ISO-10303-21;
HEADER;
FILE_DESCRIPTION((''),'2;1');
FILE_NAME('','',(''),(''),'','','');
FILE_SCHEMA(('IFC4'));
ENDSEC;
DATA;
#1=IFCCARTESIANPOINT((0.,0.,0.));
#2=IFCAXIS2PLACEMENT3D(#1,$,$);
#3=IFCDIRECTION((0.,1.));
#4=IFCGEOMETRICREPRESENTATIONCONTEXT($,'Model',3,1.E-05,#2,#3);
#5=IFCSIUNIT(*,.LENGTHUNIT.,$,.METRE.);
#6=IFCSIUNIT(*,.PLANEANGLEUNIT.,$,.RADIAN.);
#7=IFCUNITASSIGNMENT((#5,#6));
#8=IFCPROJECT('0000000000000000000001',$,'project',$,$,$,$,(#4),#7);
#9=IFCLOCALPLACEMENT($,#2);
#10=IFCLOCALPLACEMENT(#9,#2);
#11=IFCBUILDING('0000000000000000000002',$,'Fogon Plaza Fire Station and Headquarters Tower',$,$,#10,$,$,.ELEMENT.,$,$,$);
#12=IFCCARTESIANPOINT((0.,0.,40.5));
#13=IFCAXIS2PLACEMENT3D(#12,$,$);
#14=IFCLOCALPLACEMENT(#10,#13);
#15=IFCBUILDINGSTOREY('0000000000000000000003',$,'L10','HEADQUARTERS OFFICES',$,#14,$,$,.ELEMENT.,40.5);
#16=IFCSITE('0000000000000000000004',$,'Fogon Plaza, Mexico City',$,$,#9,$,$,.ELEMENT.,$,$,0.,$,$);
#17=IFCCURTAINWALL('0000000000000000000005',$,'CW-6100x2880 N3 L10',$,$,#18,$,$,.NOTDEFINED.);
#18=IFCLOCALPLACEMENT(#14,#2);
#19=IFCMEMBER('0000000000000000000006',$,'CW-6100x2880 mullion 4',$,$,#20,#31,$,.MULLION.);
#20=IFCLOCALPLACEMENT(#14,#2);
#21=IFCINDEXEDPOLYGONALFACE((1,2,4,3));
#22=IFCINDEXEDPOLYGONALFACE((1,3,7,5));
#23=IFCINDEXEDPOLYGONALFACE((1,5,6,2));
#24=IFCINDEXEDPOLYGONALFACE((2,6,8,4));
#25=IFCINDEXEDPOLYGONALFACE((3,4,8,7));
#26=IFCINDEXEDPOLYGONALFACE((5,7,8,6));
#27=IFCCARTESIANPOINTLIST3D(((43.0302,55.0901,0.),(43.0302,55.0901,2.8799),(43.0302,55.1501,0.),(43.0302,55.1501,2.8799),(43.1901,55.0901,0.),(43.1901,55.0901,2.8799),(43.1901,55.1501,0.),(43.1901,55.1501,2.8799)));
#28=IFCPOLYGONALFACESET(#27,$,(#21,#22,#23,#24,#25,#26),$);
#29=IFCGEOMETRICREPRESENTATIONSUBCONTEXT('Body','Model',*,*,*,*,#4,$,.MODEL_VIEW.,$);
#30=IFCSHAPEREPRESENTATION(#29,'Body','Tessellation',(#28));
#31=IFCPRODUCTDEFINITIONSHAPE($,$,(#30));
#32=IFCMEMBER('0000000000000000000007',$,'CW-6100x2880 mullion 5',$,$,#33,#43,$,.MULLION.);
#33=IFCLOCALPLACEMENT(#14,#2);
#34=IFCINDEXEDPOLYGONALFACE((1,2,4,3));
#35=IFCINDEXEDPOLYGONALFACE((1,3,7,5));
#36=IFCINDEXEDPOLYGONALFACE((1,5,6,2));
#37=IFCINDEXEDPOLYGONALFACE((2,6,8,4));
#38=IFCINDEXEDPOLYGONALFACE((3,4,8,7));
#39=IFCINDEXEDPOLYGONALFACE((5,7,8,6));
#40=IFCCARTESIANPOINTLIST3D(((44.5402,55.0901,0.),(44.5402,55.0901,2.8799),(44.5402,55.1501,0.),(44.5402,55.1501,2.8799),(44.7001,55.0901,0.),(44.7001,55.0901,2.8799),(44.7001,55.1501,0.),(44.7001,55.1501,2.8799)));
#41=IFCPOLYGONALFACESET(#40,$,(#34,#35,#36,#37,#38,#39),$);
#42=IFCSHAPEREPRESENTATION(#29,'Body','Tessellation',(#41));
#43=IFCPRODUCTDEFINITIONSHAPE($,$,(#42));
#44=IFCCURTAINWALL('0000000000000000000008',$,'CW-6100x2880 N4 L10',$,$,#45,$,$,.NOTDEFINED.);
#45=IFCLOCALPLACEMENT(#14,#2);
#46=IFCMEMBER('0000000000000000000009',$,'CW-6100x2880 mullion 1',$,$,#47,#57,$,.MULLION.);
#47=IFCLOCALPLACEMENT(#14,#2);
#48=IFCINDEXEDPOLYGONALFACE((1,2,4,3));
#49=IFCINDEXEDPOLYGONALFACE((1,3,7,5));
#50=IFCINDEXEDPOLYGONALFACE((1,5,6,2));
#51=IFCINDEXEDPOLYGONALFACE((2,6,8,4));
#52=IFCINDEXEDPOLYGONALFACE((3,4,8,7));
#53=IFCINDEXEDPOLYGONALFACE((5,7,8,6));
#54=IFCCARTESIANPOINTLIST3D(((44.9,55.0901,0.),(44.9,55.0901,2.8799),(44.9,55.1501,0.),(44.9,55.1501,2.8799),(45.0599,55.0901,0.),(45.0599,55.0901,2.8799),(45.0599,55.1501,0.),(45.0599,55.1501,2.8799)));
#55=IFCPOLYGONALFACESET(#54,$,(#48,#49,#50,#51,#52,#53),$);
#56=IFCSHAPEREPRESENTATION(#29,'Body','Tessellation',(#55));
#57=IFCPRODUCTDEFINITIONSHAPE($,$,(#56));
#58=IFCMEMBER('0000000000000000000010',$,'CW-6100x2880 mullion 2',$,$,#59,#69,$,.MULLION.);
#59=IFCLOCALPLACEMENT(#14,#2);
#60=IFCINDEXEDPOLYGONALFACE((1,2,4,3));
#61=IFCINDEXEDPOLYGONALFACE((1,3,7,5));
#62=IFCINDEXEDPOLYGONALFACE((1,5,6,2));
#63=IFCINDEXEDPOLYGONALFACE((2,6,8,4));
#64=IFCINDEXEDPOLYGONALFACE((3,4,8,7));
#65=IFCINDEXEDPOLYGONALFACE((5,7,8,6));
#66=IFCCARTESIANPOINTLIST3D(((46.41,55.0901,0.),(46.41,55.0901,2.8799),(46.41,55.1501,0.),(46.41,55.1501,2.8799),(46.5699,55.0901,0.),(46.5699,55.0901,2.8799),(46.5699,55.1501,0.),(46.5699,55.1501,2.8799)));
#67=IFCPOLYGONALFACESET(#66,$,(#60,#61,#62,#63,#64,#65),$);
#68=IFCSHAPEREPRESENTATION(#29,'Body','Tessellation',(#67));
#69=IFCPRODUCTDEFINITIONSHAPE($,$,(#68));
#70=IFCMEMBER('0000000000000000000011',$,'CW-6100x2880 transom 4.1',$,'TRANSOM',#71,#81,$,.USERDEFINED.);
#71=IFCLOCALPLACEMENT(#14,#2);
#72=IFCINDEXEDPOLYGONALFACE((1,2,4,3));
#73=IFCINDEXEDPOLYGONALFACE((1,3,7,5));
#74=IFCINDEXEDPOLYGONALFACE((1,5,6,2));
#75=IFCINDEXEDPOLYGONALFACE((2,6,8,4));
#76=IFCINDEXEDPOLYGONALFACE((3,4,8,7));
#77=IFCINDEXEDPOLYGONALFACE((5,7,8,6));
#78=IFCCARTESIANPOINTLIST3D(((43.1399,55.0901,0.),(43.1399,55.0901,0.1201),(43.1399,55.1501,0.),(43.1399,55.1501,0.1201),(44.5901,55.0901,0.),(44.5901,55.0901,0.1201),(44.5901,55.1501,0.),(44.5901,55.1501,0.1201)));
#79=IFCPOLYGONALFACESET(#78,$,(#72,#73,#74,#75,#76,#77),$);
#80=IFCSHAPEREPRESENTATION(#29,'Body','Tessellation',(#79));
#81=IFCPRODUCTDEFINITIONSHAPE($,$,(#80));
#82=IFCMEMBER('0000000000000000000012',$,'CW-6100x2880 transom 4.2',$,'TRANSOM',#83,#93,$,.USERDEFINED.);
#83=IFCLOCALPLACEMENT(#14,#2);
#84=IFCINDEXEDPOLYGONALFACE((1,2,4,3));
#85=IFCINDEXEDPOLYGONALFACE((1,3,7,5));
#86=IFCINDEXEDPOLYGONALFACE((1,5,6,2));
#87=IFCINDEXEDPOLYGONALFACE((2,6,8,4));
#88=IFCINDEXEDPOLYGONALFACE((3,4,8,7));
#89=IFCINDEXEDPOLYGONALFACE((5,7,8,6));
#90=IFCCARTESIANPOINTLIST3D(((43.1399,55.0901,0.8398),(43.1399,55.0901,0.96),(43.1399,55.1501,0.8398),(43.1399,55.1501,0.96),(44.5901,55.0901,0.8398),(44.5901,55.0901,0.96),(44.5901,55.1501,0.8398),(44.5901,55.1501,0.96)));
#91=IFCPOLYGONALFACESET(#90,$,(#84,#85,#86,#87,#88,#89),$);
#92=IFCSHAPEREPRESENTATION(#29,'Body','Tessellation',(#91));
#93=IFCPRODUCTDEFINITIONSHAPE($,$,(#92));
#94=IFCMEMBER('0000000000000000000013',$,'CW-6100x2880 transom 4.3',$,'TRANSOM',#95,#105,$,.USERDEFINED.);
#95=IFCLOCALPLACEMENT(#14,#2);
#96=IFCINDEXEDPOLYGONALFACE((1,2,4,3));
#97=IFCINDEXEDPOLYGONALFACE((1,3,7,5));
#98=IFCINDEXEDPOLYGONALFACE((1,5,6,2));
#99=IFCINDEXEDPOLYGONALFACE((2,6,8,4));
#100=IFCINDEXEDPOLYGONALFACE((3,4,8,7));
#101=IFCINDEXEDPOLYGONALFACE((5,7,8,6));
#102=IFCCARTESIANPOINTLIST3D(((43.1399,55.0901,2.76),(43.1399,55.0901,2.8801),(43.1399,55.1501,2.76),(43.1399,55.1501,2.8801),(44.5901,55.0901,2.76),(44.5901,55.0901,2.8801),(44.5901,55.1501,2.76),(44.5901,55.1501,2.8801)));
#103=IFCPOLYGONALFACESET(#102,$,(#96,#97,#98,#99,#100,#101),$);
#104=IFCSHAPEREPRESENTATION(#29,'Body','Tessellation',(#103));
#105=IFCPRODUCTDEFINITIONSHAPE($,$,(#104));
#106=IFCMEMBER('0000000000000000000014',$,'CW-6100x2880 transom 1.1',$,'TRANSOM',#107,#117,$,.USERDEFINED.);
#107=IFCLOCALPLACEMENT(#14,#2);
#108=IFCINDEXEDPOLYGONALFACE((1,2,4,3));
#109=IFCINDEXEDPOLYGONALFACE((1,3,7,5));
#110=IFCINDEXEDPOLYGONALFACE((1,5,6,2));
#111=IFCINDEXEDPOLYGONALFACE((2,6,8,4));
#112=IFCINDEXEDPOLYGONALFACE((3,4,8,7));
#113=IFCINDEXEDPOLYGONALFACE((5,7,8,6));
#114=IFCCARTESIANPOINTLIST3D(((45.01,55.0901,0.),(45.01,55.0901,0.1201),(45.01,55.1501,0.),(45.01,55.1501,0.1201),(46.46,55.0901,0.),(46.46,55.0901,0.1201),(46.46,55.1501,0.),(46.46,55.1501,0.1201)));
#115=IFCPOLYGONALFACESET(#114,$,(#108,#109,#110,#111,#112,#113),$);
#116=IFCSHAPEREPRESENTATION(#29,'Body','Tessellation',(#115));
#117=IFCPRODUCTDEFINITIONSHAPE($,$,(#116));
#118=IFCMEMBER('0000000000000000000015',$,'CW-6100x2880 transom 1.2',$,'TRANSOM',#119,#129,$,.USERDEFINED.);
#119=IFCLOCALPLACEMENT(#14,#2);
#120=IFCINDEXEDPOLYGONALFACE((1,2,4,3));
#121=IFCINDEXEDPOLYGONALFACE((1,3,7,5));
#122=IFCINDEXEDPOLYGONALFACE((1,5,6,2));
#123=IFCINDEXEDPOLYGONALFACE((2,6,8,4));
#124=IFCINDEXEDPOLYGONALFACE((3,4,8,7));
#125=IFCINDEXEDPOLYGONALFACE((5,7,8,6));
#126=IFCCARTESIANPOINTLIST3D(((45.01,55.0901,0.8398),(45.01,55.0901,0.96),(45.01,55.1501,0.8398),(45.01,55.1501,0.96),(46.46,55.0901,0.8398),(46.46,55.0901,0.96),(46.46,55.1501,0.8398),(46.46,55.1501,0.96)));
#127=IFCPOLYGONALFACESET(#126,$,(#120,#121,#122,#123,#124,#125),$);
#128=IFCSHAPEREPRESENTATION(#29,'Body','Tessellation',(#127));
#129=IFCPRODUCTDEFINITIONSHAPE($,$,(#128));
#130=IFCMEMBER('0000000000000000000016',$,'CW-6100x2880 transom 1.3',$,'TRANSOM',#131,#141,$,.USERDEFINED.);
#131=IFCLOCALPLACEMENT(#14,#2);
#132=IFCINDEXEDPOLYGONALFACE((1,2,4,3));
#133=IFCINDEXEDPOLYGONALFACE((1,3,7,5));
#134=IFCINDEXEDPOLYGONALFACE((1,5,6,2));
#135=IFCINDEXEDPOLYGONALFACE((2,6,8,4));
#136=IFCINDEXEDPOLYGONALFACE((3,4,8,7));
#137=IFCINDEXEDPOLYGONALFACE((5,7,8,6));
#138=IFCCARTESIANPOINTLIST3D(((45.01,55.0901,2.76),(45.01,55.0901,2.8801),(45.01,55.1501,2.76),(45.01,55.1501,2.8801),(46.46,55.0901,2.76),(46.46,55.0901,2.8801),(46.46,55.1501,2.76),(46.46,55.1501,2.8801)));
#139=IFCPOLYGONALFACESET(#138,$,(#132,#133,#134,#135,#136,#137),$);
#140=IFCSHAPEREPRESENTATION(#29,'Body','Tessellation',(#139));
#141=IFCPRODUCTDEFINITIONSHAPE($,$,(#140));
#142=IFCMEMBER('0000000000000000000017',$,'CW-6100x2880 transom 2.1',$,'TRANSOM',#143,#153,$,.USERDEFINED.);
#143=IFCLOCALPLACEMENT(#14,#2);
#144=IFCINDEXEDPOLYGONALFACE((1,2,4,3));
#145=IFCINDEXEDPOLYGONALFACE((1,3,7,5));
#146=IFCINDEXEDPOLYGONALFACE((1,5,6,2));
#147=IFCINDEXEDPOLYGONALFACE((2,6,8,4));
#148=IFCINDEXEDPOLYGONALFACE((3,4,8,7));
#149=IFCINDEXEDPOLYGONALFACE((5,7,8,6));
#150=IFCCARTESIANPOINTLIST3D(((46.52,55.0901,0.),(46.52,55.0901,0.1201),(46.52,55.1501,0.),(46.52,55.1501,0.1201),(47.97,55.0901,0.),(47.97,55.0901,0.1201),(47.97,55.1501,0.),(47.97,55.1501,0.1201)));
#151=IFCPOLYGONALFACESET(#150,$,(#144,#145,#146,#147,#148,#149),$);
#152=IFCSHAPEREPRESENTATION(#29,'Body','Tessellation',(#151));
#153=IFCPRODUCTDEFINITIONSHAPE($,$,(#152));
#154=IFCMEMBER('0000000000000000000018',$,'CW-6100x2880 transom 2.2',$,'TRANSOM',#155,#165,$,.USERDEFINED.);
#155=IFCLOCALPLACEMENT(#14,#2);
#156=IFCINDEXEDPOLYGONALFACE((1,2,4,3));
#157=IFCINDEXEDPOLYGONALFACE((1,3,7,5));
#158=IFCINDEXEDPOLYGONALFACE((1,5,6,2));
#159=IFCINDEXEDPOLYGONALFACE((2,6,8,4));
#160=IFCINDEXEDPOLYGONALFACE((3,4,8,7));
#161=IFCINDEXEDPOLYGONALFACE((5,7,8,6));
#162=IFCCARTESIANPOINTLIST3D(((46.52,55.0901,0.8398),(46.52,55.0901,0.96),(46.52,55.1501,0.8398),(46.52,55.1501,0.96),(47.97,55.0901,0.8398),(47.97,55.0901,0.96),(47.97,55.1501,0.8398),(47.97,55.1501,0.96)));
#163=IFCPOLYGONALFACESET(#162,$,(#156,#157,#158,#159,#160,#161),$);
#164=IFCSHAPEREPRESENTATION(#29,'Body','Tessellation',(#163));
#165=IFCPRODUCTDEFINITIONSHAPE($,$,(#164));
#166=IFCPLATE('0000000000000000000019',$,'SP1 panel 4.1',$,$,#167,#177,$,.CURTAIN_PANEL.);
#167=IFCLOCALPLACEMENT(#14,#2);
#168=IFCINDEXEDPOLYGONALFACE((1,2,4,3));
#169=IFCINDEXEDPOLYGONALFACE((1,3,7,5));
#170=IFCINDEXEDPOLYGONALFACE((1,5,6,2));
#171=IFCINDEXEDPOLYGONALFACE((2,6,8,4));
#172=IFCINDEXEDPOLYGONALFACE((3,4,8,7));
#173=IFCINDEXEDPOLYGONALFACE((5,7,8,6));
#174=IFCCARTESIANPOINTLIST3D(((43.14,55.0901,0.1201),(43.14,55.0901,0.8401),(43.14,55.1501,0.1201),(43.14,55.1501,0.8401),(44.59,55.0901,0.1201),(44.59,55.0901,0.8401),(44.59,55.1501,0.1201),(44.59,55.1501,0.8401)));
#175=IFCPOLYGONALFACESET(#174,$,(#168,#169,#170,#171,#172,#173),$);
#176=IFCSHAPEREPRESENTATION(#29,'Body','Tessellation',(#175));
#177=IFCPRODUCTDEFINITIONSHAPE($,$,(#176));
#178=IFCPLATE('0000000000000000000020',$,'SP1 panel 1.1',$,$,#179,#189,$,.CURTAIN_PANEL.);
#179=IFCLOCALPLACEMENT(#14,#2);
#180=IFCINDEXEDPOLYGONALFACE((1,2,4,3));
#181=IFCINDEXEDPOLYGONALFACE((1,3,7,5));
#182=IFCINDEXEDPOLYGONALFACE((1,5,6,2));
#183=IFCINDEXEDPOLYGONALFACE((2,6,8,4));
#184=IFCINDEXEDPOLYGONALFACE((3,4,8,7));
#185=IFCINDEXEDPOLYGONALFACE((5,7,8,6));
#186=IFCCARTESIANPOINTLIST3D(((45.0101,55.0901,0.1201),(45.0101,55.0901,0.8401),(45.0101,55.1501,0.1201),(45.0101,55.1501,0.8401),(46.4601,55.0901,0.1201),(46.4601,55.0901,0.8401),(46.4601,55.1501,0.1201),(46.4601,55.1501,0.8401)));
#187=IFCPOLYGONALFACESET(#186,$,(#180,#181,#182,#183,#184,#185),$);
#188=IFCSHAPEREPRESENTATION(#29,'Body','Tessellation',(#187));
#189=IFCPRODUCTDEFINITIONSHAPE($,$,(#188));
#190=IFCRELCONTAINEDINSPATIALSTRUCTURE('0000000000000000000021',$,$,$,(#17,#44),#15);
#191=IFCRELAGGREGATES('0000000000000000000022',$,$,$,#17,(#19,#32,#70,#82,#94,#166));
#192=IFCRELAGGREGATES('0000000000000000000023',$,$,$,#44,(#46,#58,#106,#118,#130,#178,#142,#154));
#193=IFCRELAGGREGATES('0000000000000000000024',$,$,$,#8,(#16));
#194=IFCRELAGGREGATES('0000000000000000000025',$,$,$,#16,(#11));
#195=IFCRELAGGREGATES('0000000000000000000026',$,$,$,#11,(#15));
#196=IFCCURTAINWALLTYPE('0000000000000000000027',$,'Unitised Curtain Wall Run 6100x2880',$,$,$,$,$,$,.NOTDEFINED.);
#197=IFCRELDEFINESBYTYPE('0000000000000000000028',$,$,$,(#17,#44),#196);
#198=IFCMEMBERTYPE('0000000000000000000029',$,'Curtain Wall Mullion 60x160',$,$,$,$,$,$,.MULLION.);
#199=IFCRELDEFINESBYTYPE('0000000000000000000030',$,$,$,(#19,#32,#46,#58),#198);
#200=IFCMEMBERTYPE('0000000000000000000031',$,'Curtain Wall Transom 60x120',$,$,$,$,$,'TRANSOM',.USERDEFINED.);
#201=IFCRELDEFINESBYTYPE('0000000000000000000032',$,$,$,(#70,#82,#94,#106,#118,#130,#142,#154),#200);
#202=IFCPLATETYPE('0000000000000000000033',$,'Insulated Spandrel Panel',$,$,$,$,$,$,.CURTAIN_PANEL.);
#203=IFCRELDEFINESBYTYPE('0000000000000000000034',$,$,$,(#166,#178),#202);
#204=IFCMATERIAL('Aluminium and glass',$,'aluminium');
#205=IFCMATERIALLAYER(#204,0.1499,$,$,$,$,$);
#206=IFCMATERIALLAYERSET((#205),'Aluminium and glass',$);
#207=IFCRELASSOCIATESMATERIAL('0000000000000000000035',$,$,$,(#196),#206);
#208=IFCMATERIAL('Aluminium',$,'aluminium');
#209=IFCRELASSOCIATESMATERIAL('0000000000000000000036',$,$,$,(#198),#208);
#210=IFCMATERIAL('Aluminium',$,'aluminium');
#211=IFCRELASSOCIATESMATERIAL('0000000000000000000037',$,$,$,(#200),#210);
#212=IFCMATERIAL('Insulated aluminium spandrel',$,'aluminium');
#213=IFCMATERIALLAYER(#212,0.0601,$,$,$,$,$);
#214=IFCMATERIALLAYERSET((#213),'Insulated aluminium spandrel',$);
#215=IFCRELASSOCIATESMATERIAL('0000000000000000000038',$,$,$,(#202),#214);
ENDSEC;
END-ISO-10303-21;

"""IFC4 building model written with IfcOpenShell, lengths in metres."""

from ifc_helpers import new_model, si_unit, direction, frame, origin, origin_2d, place, context, subcontext, project, spatial, rectangle, extrude, material, layer, layer_set, material_profile, profile_set, type_object, element, aggregate, save


model = new_model("IFC4")

# Units and contexts
model_context = context("Model", 3, precision=1e-05, world=origin(), true_north=direction((0.0, 1.0)))
body_context = subcontext(model_context, "Body", "Model", "MODEL_VIEW")
ifc_project = project(units=[si_unit("LENGTHUNIT", "METRE"), si_unit("PLANEANGLEUNIT", "RADIAN")], contexts=[model_context])

# Site, building, storey
site_placement = place(None, origin())
site = spatial("IfcSite", under=ifc_project, at=site_placement, Name="Fogon Plaza, Mexico City", CompositionType="ELEMENT", RefElevation=0.0)
building_placement = place(site_placement, origin())
building = spatial("IfcBuilding", under=site, at=building_placement, Name="Fogon Plaza Fire Station and Headquarters Tower", CompositionType="ELEMENT")
storey_placement = place(building_placement, frame((0.0, 0.0, 40.5)))
storey = spatial("IfcBuildingStorey", under=building, at=storey_placement, Name="L10", Description="HEADQUARTERS OFFICES", CompositionType="ELEMENT", Elevation=40.5)

# Curtain walls, members
ifc_material_1 = material(Name="Aluminium and glass", Category="aluminium")
ifc_layer_1 = layer(ifc_material_1, 0.1499)
ifc_layer_set_1 = layer_set([ifc_layer_1], Name="Aluminium and glass")
curtain_wall_type = type_object("IfcCurtainWallType", Name="Unitised Curtain Wall Run 6100x2880", PredefinedType="NOTDEFINED", material=ifc_layer_set_1)
curtain_wall_1_placement = place(storey_placement, origin())
curtain_wall_1 = element("IfcCurtainWall", 1, at=curtain_wall_1_placement, inside=storey, type_object=curtain_wall_type, Name="CW-6100x2880 N3 L10", PredefinedType="NOTDEFINED")
ifc_material_2 = material(Name="Aluminium", Category="aluminium")
ifc_material_profile_1 = material_profile(ifc_material_2, rectangle(XDim=0.0601, YDim=0.1599, at=origin_2d()), Name="Curtain Wall Mullion 60x160")
ifc_profile_set_1 = profile_set([ifc_material_profile_1], Name="Aluminium")
member_type_1 = type_object("IfcMemberType", Name="Curtain Wall Mullion 60x160", PredefinedType="MULLION", material=ifc_profile_set_1)
member_1_placement = place(storey_placement, frame((43.1101, 55.1201, 0.0), z_axis=(0.0, 0.0, 1.0), x_axis=(0.0, 1.0, 0.0)))
member_1 = element("IfcMember", 2, at=member_1_placement, type_object=member_type_1, Name="CW-6100x2880 mullion 4", PredefinedType="MULLION", context=body_context, shape_type="SweptSolid", body=[
    extrude(rectangle(XDim=0.0601, YDim=0.1599, at=origin_2d()), origin(), (0.0, 0.0, 1.0), 2.8799),
])
member_2_placement = place(storey_placement, frame((44.6201, 55.1201, 0.0), z_axis=(0.0, 0.0, 1.0), x_axis=(0.0, 1.0, 0.0)))
member_2 = element("IfcMember", 3, at=member_2_placement, type_object=member_type_1, Name="CW-6100x2880 mullion 5", PredefinedType="MULLION", context=body_context, shape_type="SweptSolid", body=[
    extrude(rectangle(XDim=0.0601, YDim=0.1599, at=origin_2d()), origin(), (0.0, 0.0, 1.0), 2.8799),
])
curtain_wall_2_placement = place(storey_placement, origin())
curtain_wall_2 = element("IfcCurtainWall", 4, at=curtain_wall_2_placement, inside=storey, type_object=curtain_wall_type, Name="CW-6100x2880 N4 L10", PredefinedType="NOTDEFINED")
member_3_placement = place(storey_placement, frame((44.98, 55.1201, 0.0), z_axis=(0.0, 0.0, 1.0), x_axis=(0.0, 1.0, 0.0)))
member_3 = element("IfcMember", 5, at=member_3_placement, type_object=member_type_1, Name="CW-6100x2880 mullion 1", PredefinedType="MULLION", context=body_context, shape_type="SweptSolid", body=[
    extrude(rectangle(XDim=0.0601, YDim=0.1599, at=origin_2d()), origin(), (0.0, 0.0, 1.0), 2.8799),
])
member_4_placement = place(storey_placement, frame((46.49, 55.1201, 0.0), z_axis=(0.0, 0.0, 1.0), x_axis=(0.0, 1.0, 0.0)))
member_4 = element("IfcMember", 6, at=member_4_placement, type_object=member_type_1, Name="CW-6100x2880 mullion 2", PredefinedType="MULLION", context=body_context, shape_type="SweptSolid", body=[
    extrude(rectangle(XDim=0.0601, YDim=0.1599, at=origin_2d()), origin(), (0.0, 0.0, 1.0), 2.8799),
])

# Members
ifc_material_3 = material(Name="Aluminium", Category="aluminium")
ifc_material_profile_2 = material_profile(ifc_material_3, rectangle(XDim=0.0601, YDim=0.1201, at=origin_2d()), Name="Curtain Wall Transom 60x120")
ifc_profile_set_2 = profile_set([ifc_material_profile_2], Name="Aluminium")
member_type_2 = type_object("IfcMemberType", Name="Curtain Wall Transom 60x120", ElementType="TRANSOM", PredefinedType="USERDEFINED", material=ifc_profile_set_2)
member_5_placement = place(storey_placement, frame((43.1399, 55.1201, 0.0601), z_axis=(1.0, 0.0, 0.0), x_axis=(0.0, 1.0, 0.0)))
member_5 = element("IfcMember", 7, at=member_5_placement, type_object=member_type_2, Name="CW-6100x2880 transom 4.1", ObjectType="TRANSOM", PredefinedType="USERDEFINED", context=body_context, shape_type="SweptSolid", body=[
    extrude(rectangle(XDim=0.0601, YDim=0.1201, at=origin_2d()), origin(), (0.0, 0.0, 1.0), 1.4502),
])
member_6_placement = place(storey_placement, frame((43.1399, 55.1201, 0.8999), z_axis=(1.0, 0.0, 0.0), x_axis=(0.0, 1.0, 0.0)))
member_6 = element("IfcMember", 8, at=member_6_placement, type_object=member_type_2, Name="CW-6100x2880 transom 4.2", ObjectType="TRANSOM", PredefinedType="USERDEFINED", context=body_context, shape_type="SweptSolid", body=[
    extrude(rectangle(XDim=0.0601, YDim=0.1201, at=origin_2d()), origin(), (0.0, 0.0, 1.0), 1.4502),
])
member_7_placement = place(storey_placement, frame((43.1399, 55.1201, 2.8201), z_axis=(1.0, 0.0, 0.0), x_axis=(0.0, 1.0, 0.0)))
member_7 = element("IfcMember", 9, at=member_7_placement, type_object=member_type_2, Name="CW-6100x2880 transom 4.3", ObjectType="TRANSOM", PredefinedType="USERDEFINED", context=body_context, shape_type="SweptSolid", body=[
    extrude(rectangle(XDim=0.0601, YDim=0.1201, at=origin_2d()), origin(), (0.0, 0.0, 1.0), 1.4502),
])
member_8_placement = place(storey_placement, frame((45.01, 55.1201, 0.0601), z_axis=(1.0, 0.0, 0.0), x_axis=(0.0, 1.0, 0.0)))
member_8 = element("IfcMember", 10, at=member_8_placement, type_object=member_type_2, Name="CW-6100x2880 transom 1.1", ObjectType="TRANSOM", PredefinedType="USERDEFINED", context=body_context, shape_type="SweptSolid", body=[
    extrude(rectangle(XDim=0.0601, YDim=0.1201, at=origin_2d()), origin(), (0.0, 0.0, 1.0), 1.45),
])
member_9_placement = place(storey_placement, frame((45.01, 55.1201, 0.8999), z_axis=(1.0, 0.0, 0.0), x_axis=(0.0, 1.0, 0.0)))
member_9 = element("IfcMember", 11, at=member_9_placement, type_object=member_type_2, Name="CW-6100x2880 transom 1.2", ObjectType="TRANSOM", PredefinedType="USERDEFINED", context=body_context, shape_type="SweptSolid", body=[
    extrude(rectangle(XDim=0.0601, YDim=0.1201, at=origin_2d()), origin(), (0.0, 0.0, 1.0), 1.45),
])
member_10_placement = place(storey_placement, frame((45.01, 55.1201, 2.8201), z_axis=(1.0, 0.0, 0.0), x_axis=(0.0, 1.0, 0.0)))
member_10 = element("IfcMember", 12, at=member_10_placement, type_object=member_type_2, Name="CW-6100x2880 transom 1.3", ObjectType="TRANSOM", PredefinedType="USERDEFINED", context=body_context, shape_type="SweptSolid", body=[
    extrude(rectangle(XDim=0.0601, YDim=0.1201, at=origin_2d()), origin(), (0.0, 0.0, 1.0), 1.45),
])
member_11_placement = place(storey_placement, frame((46.52, 55.1201, 0.0601), z_axis=(1.0, 0.0, 0.0), x_axis=(0.0, 1.0, 0.0)))
member_11 = element("IfcMember", 13, at=member_11_placement, type_object=member_type_2, Name="CW-6100x2880 transom 2.1", ObjectType="TRANSOM", PredefinedType="USERDEFINED", context=body_context, shape_type="SweptSolid", body=[
    extrude(rectangle(XDim=0.0601, YDim=0.1201, at=origin_2d()), origin(), (0.0, 0.0, 1.0), 1.45),
])
member_12_placement = place(storey_placement, frame((46.52, 55.1201, 0.8999), z_axis=(1.0, 0.0, 0.0), x_axis=(0.0, 1.0, 0.0)))
member_12 = element("IfcMember", 14, at=member_12_placement, type_object=member_type_2, Name="CW-6100x2880 transom 2.2", ObjectType="TRANSOM", PredefinedType="USERDEFINED", context=body_context, shape_type="SweptSolid", body=[
    extrude(rectangle(XDim=0.0601, YDim=0.1201, at=origin_2d()), origin(), (0.0, 0.0, 1.0), 1.45),
])

# Plates
ifc_material_4 = material(Name="Insulated aluminium spandrel", Category="aluminium")
ifc_layer_2 = layer(ifc_material_4, 0.0601)
ifc_layer_set_2 = layer_set([ifc_layer_2], Name="Insulated aluminium spandrel")
plate_type_1 = type_object("IfcPlateType", Name="Insulated Spandrel Panel", PredefinedType="CURTAIN_PANEL", material=ifc_layer_set_2)
plate_1_placement = place(storey_placement, frame((43.865, 55.1201, 0.1201), z_axis=(0.0, 0.0, 1.0), x_axis=(1.0, 0.0, 0.0)))
plate_1 = element("IfcPlate", 15, at=plate_1_placement, type_object=plate_type_1, Name="SP1 panel 4.1", PredefinedType="CURTAIN_PANEL", context=body_context, shape_type="SweptSolid", body=[
    extrude(rectangle(XDim=1.45, YDim=0.0601, at=origin_2d()), origin(), (0.0, 0.0, 1.0), 0.72),
])
plate_2_placement = place(storey_placement, frame((45.7351, 55.1201, 0.1201), z_axis=(0.0, 0.0, 1.0), x_axis=(1.0, 0.0, 0.0)))
plate_2 = element("IfcPlate", 16, at=plate_2_placement, type_object=plate_type_1, Name="SP1 panel 1.1", PredefinedType="CURTAIN_PANEL", context=body_context, shape_type="SweptSolid", body=[
    extrude(rectangle(XDim=1.45, YDim=0.0601, at=origin_2d()), origin(), (0.0, 0.0, 1.0), 0.72),
])
aggregate(curtain_wall_1, [member_1, member_2, member_5, member_6, member_7, plate_1])
aggregate(curtain_wall_2, [member_3, member_4, member_8, member_9, member_10, plate_2, member_11, member_12])

save(model, "model.ifc")
